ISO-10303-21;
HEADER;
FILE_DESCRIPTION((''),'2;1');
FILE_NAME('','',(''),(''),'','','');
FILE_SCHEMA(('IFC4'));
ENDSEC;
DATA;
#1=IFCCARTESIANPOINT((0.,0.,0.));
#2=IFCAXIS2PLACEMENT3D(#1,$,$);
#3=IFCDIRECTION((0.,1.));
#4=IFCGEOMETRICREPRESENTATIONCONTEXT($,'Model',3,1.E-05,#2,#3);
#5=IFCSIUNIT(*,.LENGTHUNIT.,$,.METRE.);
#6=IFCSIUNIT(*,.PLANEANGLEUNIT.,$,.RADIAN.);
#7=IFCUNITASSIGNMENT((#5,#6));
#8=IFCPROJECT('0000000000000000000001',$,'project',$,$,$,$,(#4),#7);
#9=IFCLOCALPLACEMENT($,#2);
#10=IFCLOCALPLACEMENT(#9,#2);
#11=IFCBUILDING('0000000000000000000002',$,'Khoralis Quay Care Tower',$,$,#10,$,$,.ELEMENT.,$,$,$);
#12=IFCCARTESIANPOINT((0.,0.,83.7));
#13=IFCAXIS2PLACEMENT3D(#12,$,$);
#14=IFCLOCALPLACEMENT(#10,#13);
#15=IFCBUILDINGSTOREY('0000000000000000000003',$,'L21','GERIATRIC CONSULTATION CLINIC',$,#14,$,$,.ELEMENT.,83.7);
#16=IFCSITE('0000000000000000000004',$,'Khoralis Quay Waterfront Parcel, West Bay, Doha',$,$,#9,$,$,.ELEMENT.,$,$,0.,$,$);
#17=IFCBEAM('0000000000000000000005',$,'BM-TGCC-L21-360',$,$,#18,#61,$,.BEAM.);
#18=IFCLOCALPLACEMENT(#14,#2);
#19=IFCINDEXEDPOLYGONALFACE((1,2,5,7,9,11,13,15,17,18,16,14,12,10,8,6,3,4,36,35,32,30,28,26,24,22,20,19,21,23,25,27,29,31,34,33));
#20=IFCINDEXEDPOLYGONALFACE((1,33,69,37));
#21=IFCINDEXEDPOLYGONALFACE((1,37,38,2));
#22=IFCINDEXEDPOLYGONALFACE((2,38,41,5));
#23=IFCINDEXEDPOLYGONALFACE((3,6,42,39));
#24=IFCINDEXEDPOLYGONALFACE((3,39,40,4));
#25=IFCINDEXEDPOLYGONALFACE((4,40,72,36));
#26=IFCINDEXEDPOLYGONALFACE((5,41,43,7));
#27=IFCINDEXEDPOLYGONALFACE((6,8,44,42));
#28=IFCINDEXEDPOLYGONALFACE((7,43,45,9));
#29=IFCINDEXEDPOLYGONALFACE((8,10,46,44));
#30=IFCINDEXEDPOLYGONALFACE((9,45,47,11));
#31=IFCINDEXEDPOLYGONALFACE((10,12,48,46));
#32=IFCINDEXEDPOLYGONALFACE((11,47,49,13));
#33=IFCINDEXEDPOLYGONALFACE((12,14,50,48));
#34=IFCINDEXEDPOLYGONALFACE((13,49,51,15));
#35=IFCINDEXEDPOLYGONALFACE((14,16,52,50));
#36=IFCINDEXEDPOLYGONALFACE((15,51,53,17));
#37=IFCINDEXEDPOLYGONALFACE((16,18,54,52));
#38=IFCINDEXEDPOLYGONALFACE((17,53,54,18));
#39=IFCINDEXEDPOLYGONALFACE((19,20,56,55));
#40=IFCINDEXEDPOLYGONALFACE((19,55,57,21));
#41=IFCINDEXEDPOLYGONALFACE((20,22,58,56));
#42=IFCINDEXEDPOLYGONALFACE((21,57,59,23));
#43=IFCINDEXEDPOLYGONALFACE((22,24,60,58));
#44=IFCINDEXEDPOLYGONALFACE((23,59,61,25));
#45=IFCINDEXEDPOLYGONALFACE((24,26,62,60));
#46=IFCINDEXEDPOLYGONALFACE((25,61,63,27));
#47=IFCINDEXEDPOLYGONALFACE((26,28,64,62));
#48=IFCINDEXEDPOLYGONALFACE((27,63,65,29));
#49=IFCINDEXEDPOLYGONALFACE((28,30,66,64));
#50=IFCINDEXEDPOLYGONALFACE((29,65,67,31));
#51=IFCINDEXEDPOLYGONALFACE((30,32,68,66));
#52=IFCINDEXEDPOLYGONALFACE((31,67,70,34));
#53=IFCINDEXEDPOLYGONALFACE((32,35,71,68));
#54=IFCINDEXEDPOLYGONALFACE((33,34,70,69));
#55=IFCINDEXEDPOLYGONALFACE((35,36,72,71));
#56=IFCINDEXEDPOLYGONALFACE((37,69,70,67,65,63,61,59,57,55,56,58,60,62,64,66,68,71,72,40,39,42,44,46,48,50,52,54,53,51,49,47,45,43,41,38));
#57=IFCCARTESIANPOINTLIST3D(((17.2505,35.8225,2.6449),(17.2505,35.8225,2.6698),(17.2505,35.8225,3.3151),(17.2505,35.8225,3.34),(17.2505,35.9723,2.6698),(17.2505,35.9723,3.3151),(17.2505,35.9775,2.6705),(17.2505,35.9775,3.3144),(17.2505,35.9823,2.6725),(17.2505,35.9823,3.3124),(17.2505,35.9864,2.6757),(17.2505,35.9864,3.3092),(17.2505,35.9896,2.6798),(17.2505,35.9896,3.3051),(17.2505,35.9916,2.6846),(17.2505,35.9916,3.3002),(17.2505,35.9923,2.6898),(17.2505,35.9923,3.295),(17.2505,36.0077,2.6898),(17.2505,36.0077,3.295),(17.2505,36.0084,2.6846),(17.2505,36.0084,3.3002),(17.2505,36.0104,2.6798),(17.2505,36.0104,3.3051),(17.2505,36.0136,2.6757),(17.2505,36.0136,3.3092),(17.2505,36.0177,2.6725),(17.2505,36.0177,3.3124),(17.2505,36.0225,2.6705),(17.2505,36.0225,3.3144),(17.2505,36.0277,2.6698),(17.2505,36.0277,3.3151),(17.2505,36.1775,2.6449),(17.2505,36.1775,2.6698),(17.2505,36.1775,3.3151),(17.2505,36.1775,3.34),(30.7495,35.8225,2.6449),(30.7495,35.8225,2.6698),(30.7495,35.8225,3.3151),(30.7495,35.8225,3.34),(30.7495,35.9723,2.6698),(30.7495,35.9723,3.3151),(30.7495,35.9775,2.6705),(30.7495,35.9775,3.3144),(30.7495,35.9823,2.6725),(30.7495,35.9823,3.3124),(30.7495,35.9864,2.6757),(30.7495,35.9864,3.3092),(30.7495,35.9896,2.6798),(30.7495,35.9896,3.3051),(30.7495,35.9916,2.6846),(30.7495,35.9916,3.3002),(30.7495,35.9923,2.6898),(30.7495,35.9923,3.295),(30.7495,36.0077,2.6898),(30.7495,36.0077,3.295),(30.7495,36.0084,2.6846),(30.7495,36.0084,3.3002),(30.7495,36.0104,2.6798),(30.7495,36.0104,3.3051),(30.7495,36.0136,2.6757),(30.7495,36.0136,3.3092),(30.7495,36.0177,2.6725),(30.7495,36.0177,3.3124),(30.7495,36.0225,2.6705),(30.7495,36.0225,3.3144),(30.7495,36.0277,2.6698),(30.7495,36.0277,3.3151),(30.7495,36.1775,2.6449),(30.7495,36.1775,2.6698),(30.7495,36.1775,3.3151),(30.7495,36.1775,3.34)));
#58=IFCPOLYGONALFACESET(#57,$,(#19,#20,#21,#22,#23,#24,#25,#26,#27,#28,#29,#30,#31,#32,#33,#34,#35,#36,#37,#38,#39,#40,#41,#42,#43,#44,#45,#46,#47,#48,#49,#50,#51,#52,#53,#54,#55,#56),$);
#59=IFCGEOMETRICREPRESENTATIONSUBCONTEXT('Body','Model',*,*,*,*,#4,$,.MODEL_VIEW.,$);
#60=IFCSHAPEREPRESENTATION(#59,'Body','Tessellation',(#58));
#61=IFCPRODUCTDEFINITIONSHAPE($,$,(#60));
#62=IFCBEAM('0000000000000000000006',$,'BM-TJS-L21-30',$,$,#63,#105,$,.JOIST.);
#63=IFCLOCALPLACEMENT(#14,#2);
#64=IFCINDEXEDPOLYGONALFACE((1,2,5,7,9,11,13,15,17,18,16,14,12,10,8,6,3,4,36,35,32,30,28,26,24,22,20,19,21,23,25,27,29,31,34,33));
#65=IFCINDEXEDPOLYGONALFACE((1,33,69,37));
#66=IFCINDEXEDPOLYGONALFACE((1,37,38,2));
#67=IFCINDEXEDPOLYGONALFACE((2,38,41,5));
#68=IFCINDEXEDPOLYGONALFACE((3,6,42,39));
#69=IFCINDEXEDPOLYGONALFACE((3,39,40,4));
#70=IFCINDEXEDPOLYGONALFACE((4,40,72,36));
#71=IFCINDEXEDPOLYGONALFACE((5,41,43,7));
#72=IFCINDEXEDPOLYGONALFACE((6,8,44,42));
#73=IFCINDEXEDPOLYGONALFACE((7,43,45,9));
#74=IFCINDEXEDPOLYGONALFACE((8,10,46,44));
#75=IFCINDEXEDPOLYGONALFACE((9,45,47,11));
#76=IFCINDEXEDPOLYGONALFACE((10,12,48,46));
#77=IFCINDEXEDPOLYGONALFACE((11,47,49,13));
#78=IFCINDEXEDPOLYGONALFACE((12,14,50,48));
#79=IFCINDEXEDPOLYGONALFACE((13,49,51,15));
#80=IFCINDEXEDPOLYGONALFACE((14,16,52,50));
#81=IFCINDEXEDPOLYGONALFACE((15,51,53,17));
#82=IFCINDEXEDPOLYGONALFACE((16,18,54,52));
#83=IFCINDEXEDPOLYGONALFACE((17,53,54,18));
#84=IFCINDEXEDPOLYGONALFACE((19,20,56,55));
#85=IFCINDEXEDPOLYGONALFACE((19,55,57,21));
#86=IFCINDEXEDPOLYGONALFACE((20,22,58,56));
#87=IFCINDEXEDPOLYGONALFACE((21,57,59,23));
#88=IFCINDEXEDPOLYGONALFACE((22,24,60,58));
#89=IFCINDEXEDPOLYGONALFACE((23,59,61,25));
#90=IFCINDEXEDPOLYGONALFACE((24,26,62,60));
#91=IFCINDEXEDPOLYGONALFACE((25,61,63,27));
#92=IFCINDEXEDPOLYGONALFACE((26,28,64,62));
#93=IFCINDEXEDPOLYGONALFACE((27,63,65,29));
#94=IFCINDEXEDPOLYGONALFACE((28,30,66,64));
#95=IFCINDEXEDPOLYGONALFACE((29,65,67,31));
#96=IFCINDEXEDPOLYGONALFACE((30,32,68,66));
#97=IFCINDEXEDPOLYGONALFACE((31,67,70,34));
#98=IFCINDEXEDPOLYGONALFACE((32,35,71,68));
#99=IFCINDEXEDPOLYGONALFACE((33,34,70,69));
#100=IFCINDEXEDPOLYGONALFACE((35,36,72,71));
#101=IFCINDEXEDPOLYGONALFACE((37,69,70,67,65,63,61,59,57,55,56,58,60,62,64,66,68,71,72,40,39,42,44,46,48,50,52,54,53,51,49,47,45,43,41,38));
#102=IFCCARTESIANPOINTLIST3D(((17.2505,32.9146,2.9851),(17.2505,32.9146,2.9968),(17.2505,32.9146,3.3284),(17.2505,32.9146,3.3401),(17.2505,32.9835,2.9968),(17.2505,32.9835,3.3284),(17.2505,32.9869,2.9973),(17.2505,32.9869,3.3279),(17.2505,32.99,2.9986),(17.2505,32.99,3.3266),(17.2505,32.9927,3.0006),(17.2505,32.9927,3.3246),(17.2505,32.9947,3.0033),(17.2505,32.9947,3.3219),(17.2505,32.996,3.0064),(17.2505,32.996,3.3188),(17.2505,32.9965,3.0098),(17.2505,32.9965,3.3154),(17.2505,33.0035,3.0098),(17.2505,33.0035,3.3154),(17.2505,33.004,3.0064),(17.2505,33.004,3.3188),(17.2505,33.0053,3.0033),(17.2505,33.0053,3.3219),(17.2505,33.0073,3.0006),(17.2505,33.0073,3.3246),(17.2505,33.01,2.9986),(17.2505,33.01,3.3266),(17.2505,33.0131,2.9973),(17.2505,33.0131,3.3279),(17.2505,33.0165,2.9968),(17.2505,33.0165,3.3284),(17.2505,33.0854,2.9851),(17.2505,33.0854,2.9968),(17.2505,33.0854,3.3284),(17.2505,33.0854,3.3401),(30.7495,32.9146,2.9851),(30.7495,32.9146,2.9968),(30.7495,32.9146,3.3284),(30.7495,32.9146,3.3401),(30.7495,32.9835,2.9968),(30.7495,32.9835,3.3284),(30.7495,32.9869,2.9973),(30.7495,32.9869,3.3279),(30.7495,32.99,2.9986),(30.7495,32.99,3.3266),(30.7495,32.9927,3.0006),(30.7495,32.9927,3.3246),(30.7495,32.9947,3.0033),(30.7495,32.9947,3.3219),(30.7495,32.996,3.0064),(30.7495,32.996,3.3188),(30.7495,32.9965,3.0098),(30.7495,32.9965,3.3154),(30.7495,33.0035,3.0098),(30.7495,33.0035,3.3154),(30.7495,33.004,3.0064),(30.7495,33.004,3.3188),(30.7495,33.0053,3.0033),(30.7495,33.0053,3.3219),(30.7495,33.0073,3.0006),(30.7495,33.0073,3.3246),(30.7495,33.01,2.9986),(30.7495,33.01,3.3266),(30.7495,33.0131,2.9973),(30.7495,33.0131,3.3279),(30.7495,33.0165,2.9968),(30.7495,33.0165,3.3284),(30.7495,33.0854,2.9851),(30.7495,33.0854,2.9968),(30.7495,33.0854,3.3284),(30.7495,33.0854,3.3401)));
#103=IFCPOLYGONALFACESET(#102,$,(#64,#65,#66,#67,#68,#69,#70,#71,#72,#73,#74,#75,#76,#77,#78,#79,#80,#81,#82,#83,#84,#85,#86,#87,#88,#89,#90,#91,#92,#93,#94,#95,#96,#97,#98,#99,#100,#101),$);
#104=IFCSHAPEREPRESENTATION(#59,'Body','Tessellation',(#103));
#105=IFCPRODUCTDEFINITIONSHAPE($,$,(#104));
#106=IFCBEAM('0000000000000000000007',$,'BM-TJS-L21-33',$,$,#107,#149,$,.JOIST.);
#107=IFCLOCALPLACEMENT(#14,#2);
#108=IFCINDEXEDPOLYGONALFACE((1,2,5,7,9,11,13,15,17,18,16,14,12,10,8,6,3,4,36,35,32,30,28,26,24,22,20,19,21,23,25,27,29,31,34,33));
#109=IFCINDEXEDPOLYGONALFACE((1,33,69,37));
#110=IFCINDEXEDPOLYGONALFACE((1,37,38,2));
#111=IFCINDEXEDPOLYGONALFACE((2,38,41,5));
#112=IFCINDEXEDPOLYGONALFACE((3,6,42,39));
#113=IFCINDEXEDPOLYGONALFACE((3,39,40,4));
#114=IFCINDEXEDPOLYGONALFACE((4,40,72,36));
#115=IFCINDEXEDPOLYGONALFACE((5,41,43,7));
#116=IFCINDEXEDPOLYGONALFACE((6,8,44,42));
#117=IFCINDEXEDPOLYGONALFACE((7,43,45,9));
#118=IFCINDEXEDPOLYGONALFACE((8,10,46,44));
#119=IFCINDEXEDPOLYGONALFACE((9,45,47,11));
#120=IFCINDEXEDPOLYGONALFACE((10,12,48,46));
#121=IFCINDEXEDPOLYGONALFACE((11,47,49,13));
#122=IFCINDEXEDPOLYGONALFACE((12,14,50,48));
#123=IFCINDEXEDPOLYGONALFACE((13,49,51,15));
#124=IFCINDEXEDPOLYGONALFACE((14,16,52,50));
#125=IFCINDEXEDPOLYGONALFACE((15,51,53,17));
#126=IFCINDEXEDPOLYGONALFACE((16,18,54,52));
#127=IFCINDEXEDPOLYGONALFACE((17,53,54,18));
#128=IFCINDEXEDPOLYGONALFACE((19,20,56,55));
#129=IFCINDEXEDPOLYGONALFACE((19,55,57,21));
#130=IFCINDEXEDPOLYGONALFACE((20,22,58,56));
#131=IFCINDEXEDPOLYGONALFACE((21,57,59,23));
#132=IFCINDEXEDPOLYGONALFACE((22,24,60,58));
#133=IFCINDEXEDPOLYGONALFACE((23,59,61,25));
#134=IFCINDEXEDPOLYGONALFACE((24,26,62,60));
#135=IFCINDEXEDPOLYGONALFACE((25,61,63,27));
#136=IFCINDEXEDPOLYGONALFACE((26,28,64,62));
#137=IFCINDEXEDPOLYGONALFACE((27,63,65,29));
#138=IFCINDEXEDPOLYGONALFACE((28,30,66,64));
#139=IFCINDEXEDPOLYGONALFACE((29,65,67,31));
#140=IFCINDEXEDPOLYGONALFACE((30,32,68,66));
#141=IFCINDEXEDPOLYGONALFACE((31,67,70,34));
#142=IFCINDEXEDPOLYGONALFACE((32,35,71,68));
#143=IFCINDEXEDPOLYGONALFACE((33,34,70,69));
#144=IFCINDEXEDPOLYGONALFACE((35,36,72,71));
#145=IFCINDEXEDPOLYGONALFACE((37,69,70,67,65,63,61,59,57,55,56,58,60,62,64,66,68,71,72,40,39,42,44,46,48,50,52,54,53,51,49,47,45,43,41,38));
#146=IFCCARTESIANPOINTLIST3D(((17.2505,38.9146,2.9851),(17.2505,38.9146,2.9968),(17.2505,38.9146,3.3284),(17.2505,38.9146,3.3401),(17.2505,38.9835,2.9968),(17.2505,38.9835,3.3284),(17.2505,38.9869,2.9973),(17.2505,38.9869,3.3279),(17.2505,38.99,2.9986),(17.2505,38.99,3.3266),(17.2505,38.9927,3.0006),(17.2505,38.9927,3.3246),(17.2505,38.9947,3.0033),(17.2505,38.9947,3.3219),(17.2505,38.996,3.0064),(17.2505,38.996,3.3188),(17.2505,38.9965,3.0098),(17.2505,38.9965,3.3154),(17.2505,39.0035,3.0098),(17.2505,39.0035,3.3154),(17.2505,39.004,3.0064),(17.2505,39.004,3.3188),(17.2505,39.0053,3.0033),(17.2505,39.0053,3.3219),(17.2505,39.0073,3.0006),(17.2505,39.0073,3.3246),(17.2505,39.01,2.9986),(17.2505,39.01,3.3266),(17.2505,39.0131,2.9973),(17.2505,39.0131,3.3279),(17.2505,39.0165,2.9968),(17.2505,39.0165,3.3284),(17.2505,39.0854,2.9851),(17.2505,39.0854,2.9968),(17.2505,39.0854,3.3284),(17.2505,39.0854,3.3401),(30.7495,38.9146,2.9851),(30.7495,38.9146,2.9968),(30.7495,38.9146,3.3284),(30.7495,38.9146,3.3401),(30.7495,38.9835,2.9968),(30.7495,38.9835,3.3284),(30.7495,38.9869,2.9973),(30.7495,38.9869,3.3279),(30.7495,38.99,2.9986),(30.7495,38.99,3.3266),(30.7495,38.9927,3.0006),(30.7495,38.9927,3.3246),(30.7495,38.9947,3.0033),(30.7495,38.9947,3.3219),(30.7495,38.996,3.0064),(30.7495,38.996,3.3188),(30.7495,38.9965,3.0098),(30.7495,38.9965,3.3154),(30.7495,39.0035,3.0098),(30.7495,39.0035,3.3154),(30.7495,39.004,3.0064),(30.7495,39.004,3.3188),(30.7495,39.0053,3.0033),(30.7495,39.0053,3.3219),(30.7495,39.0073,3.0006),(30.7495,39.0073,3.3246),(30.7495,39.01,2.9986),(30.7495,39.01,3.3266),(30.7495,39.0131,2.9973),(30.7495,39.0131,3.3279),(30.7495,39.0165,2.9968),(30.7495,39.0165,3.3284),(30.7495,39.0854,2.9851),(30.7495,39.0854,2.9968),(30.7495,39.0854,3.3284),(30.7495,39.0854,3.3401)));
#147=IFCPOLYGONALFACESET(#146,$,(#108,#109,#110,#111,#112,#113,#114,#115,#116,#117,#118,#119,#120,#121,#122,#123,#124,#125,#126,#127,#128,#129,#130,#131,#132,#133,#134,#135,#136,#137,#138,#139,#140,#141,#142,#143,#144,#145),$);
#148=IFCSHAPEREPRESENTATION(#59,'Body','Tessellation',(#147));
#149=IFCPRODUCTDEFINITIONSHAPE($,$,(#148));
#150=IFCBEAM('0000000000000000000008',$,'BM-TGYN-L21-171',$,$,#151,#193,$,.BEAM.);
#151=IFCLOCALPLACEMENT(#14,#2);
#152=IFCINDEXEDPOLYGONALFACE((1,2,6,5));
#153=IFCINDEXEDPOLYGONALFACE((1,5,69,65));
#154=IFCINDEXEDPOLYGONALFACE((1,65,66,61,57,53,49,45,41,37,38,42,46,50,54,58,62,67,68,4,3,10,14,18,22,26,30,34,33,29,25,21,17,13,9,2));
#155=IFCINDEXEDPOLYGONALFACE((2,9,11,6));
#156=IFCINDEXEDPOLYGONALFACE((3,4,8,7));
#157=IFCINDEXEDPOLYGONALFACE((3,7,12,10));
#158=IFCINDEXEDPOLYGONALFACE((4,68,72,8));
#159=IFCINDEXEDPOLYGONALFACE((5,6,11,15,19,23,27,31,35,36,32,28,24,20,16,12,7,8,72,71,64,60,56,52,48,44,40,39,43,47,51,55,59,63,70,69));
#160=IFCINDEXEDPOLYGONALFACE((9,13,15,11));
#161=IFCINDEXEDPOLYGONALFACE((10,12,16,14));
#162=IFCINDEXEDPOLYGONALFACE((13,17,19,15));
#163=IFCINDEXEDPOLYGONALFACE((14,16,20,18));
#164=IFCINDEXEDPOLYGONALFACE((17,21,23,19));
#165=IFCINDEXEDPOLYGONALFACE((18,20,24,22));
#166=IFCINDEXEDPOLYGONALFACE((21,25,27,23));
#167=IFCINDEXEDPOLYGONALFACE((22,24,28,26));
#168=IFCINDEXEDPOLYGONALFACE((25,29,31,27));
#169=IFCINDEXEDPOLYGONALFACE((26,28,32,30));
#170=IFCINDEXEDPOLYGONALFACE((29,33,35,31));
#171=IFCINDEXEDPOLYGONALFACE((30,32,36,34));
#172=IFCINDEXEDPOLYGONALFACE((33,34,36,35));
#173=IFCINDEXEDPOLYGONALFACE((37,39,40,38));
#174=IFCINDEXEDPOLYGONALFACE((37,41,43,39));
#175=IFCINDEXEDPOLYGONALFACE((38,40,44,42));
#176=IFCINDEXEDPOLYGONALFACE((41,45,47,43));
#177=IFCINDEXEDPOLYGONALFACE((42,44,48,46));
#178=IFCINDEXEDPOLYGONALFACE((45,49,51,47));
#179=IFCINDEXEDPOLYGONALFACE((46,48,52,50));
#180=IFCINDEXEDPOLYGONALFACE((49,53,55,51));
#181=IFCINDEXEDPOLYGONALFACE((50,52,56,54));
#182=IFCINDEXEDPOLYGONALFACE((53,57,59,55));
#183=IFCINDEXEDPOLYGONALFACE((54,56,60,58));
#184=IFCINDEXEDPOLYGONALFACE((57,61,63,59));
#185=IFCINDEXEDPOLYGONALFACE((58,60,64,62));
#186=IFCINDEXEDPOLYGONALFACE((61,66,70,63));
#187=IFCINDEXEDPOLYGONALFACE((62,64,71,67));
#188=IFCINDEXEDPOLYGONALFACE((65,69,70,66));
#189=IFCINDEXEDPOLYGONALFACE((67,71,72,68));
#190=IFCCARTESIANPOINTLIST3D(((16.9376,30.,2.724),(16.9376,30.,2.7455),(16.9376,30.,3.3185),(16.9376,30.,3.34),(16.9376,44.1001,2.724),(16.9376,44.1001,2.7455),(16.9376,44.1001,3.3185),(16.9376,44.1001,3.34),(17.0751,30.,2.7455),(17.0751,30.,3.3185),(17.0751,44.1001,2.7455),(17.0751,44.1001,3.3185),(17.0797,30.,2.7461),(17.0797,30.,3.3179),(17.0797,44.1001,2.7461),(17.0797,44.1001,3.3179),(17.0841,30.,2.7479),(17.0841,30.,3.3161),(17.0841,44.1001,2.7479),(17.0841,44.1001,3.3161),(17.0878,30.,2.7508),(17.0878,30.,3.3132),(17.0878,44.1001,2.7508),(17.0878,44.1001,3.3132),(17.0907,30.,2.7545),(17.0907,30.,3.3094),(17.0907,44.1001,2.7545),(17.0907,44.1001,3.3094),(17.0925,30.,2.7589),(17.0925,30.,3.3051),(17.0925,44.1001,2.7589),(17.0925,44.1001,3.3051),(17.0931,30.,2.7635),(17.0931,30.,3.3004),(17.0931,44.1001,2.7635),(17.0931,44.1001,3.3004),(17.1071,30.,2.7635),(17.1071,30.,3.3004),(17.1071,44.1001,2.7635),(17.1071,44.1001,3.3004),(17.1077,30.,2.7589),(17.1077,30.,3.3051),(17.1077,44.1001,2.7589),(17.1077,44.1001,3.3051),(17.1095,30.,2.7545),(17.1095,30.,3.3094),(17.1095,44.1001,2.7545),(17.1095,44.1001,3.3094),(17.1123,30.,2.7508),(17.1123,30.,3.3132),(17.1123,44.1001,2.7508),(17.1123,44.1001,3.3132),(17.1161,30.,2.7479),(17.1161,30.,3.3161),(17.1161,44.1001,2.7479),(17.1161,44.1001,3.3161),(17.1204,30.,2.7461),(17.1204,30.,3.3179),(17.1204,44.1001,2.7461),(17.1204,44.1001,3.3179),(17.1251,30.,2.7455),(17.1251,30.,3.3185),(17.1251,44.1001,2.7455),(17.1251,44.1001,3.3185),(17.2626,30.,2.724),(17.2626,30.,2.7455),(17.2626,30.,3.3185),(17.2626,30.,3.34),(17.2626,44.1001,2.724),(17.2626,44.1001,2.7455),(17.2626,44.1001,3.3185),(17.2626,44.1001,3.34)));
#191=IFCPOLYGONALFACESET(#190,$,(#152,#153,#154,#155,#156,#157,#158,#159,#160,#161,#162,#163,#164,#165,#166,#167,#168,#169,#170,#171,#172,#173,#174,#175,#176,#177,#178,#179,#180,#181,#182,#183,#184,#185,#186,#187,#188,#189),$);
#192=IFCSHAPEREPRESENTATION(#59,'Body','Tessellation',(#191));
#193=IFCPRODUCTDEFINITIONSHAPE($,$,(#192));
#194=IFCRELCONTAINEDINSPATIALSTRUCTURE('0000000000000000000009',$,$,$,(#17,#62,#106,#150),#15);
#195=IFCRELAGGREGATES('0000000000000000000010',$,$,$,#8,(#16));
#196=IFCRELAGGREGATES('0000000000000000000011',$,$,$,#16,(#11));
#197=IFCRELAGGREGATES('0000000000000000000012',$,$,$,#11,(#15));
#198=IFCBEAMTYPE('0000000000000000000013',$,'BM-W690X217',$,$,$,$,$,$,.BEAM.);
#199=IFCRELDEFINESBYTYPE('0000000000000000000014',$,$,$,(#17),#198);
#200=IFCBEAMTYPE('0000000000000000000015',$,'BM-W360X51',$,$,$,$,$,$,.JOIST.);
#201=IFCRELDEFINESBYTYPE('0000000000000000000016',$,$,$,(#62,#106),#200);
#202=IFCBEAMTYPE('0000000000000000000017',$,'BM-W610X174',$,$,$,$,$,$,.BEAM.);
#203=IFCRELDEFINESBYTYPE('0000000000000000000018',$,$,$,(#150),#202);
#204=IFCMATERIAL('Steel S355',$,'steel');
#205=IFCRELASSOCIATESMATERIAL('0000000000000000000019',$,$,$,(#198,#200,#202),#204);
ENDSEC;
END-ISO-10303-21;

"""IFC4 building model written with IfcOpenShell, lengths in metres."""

from ifc_helpers import new_model, si_unit, direction, frame, origin, origin_2d, place, context, subcontext, project, spatial, i_section, extrude, source, transform, mapped, material, material_profile, profile_set, type_object, element, save


model = new_model("IFC4")

# Units and contexts
model_context = context("Model", 3, precision=1e-05, world=origin(), true_north=direction((0.0, 1.0)))
body_context = subcontext(model_context, "Body", "Model", "MODEL_VIEW")
ifc_project = project(units=[si_unit("LENGTHUNIT", "METRE"), si_unit("PLANEANGLEUNIT", "RADIAN")], contexts=[model_context])

# Site, building, storey
site_placement = place(None, origin())
site = spatial("IfcSite", under=ifc_project, at=site_placement, Name="Khoralis Quay Waterfront Parcel, West Bay, Doha", CompositionType="ELEMENT", RefElevation=0.0)
building_placement = place(site_placement, origin())
building = spatial("IfcBuilding", under=site, at=building_placement, Name="Khoralis Quay Care Tower", CompositionType="ELEMENT")
storey_placement = place(building_placement, frame((0.0, 0.0, 83.7)))
storey = spatial("IfcBuildingStorey", under=building, at=storey_placement, Name="L21", Description="GERIATRIC CONSULTATION CLINIC", CompositionType="ELEMENT", Elevation=83.7)

# Beams
ifc_material_1 = material(Name="Steel S355", Category="steel")
ifc_material_profile_1 = material_profile(ifc_material_1, i_section(OverallWidth=0.355, OverallDepth=0.6951, WebThickness=0.0154, FlangeThickness=0.0249, FilletRadius=0.02, at=origin_2d()), Name="Steel S355")
ifc_profile_set_1 = profile_set([ifc_material_profile_1], Name="Steel S355")
beam_type_1 = type_object("IfcBeamType", Name="BM-W690X217", PredefinedType="BEAM", material=ifc_profile_set_1)
shared_shape_1 = source(origin(), body_context, "Body", "SweptSolid", [
    extrude(i_section(OverallWidth=0.355, OverallDepth=0.6951, WebThickness=0.0154, FlangeThickness=0.0249, FilletRadius=0.02, at=origin_2d()), origin(), (0.0, 0.0, 1.0), 13.499),
])
beam_1_placement = place(storey_placement, frame((17.2505, 36.0, 2.9924), z_axis=(1.0, 0.0, 0.0), x_axis=(0.0, 1.0, 0.0)))
element("IfcBeam", 1, at=beam_1_placement, inside=storey, type_object=beam_type_1, Name="BM-TGCC-L21-360", PredefinedType="BEAM", context=body_context, shape_type="MappedRepresentation", body=[
    mapped(shared_shape_1, transform((0.0, 0.0, 0.0), scale=1.0)),
])
ifc_material_profile_2 = material_profile(ifc_material_1, i_section(OverallWidth=0.1709, OverallDepth=0.355, WebThickness=0.0071, FlangeThickness=0.0117, FilletRadius=0.0129, at=origin_2d()), Name="Steel S355")
ifc_profile_set_2 = profile_set([ifc_material_profile_2], Name="Steel S355")
beam_type_2 = type_object("IfcBeamType", Name="BM-W360X51", PredefinedType="JOIST", material=ifc_profile_set_2)
shared_shape_2 = source(origin(), body_context, "Body", "SweptSolid", [
    extrude(i_section(OverallWidth=0.1709, OverallDepth=0.355, WebThickness=0.0071, FlangeThickness=0.0117, FilletRadius=0.0129, at=origin_2d()), origin(), (0.0, 0.0, 1.0), 13.499),
])
for number, where, z_axis, x_axis, name in (
    (2, (17.2505, 33.0, 3.1626), (1.0, 0.0, 0.0), (0.0, 1.0, 0.0), "BM-TJS-L21-30"),
    (3, (17.2505, 39.0, 3.1626), (1.0, 0.0, 0.0), (0.0, 1.0, 0.0), "BM-TJS-L21-33"),
):
    element("IfcBeam", number, at=place(storey_placement, frame(where, z_axis=z_axis, x_axis=x_axis)), inside=storey, type_object=beam_type_2, Name=name, PredefinedType="JOIST", context=body_context, shape_type="MappedRepresentation", body=[
        mapped(shared_shape_2, transform((0.0, 0.0, 0.0), scale=1.0)),
    ])
ifc_material_profile_3 = material_profile(ifc_material_1, i_section(OverallWidth=0.325, OverallDepth=0.616, WebThickness=0.0139, FlangeThickness=0.0215, FilletRadius=0.0181, at=origin_2d()), Name="Steel S355")
ifc_profile_set_3 = profile_set([ifc_material_profile_3], Name="Steel S355")
beam_type_3 = type_object("IfcBeamType", Name="BM-W610X174", PredefinedType="BEAM", material=ifc_profile_set_3)
shared_shape_3 = source(origin(), body_context, "Body", "SweptSolid", [
    extrude(i_section(OverallWidth=0.325, OverallDepth=0.616, WebThickness=0.0139, FlangeThickness=0.0215, FilletRadius=0.0181, at=origin_2d()), origin(), (0.0, 0.0, 1.0), 14.1001),
])
beam_2_placement = place(storey_placement, frame((17.1001, 30.0, 3.032), z_axis=(0.0, 1.0, 0.0), x_axis=(-1.0, 0.0, 0.0)))
element("IfcBeam", 4, at=beam_2_placement, inside=storey, type_object=beam_type_3, Name="BM-TGYN-L21-171", PredefinedType="BEAM", context=body_context, shape_type="MappedRepresentation", body=[
    mapped(shared_shape_3, transform((0.0, 0.0, 0.0), scale=1.0)),
])

save(model, "model.ifc")
